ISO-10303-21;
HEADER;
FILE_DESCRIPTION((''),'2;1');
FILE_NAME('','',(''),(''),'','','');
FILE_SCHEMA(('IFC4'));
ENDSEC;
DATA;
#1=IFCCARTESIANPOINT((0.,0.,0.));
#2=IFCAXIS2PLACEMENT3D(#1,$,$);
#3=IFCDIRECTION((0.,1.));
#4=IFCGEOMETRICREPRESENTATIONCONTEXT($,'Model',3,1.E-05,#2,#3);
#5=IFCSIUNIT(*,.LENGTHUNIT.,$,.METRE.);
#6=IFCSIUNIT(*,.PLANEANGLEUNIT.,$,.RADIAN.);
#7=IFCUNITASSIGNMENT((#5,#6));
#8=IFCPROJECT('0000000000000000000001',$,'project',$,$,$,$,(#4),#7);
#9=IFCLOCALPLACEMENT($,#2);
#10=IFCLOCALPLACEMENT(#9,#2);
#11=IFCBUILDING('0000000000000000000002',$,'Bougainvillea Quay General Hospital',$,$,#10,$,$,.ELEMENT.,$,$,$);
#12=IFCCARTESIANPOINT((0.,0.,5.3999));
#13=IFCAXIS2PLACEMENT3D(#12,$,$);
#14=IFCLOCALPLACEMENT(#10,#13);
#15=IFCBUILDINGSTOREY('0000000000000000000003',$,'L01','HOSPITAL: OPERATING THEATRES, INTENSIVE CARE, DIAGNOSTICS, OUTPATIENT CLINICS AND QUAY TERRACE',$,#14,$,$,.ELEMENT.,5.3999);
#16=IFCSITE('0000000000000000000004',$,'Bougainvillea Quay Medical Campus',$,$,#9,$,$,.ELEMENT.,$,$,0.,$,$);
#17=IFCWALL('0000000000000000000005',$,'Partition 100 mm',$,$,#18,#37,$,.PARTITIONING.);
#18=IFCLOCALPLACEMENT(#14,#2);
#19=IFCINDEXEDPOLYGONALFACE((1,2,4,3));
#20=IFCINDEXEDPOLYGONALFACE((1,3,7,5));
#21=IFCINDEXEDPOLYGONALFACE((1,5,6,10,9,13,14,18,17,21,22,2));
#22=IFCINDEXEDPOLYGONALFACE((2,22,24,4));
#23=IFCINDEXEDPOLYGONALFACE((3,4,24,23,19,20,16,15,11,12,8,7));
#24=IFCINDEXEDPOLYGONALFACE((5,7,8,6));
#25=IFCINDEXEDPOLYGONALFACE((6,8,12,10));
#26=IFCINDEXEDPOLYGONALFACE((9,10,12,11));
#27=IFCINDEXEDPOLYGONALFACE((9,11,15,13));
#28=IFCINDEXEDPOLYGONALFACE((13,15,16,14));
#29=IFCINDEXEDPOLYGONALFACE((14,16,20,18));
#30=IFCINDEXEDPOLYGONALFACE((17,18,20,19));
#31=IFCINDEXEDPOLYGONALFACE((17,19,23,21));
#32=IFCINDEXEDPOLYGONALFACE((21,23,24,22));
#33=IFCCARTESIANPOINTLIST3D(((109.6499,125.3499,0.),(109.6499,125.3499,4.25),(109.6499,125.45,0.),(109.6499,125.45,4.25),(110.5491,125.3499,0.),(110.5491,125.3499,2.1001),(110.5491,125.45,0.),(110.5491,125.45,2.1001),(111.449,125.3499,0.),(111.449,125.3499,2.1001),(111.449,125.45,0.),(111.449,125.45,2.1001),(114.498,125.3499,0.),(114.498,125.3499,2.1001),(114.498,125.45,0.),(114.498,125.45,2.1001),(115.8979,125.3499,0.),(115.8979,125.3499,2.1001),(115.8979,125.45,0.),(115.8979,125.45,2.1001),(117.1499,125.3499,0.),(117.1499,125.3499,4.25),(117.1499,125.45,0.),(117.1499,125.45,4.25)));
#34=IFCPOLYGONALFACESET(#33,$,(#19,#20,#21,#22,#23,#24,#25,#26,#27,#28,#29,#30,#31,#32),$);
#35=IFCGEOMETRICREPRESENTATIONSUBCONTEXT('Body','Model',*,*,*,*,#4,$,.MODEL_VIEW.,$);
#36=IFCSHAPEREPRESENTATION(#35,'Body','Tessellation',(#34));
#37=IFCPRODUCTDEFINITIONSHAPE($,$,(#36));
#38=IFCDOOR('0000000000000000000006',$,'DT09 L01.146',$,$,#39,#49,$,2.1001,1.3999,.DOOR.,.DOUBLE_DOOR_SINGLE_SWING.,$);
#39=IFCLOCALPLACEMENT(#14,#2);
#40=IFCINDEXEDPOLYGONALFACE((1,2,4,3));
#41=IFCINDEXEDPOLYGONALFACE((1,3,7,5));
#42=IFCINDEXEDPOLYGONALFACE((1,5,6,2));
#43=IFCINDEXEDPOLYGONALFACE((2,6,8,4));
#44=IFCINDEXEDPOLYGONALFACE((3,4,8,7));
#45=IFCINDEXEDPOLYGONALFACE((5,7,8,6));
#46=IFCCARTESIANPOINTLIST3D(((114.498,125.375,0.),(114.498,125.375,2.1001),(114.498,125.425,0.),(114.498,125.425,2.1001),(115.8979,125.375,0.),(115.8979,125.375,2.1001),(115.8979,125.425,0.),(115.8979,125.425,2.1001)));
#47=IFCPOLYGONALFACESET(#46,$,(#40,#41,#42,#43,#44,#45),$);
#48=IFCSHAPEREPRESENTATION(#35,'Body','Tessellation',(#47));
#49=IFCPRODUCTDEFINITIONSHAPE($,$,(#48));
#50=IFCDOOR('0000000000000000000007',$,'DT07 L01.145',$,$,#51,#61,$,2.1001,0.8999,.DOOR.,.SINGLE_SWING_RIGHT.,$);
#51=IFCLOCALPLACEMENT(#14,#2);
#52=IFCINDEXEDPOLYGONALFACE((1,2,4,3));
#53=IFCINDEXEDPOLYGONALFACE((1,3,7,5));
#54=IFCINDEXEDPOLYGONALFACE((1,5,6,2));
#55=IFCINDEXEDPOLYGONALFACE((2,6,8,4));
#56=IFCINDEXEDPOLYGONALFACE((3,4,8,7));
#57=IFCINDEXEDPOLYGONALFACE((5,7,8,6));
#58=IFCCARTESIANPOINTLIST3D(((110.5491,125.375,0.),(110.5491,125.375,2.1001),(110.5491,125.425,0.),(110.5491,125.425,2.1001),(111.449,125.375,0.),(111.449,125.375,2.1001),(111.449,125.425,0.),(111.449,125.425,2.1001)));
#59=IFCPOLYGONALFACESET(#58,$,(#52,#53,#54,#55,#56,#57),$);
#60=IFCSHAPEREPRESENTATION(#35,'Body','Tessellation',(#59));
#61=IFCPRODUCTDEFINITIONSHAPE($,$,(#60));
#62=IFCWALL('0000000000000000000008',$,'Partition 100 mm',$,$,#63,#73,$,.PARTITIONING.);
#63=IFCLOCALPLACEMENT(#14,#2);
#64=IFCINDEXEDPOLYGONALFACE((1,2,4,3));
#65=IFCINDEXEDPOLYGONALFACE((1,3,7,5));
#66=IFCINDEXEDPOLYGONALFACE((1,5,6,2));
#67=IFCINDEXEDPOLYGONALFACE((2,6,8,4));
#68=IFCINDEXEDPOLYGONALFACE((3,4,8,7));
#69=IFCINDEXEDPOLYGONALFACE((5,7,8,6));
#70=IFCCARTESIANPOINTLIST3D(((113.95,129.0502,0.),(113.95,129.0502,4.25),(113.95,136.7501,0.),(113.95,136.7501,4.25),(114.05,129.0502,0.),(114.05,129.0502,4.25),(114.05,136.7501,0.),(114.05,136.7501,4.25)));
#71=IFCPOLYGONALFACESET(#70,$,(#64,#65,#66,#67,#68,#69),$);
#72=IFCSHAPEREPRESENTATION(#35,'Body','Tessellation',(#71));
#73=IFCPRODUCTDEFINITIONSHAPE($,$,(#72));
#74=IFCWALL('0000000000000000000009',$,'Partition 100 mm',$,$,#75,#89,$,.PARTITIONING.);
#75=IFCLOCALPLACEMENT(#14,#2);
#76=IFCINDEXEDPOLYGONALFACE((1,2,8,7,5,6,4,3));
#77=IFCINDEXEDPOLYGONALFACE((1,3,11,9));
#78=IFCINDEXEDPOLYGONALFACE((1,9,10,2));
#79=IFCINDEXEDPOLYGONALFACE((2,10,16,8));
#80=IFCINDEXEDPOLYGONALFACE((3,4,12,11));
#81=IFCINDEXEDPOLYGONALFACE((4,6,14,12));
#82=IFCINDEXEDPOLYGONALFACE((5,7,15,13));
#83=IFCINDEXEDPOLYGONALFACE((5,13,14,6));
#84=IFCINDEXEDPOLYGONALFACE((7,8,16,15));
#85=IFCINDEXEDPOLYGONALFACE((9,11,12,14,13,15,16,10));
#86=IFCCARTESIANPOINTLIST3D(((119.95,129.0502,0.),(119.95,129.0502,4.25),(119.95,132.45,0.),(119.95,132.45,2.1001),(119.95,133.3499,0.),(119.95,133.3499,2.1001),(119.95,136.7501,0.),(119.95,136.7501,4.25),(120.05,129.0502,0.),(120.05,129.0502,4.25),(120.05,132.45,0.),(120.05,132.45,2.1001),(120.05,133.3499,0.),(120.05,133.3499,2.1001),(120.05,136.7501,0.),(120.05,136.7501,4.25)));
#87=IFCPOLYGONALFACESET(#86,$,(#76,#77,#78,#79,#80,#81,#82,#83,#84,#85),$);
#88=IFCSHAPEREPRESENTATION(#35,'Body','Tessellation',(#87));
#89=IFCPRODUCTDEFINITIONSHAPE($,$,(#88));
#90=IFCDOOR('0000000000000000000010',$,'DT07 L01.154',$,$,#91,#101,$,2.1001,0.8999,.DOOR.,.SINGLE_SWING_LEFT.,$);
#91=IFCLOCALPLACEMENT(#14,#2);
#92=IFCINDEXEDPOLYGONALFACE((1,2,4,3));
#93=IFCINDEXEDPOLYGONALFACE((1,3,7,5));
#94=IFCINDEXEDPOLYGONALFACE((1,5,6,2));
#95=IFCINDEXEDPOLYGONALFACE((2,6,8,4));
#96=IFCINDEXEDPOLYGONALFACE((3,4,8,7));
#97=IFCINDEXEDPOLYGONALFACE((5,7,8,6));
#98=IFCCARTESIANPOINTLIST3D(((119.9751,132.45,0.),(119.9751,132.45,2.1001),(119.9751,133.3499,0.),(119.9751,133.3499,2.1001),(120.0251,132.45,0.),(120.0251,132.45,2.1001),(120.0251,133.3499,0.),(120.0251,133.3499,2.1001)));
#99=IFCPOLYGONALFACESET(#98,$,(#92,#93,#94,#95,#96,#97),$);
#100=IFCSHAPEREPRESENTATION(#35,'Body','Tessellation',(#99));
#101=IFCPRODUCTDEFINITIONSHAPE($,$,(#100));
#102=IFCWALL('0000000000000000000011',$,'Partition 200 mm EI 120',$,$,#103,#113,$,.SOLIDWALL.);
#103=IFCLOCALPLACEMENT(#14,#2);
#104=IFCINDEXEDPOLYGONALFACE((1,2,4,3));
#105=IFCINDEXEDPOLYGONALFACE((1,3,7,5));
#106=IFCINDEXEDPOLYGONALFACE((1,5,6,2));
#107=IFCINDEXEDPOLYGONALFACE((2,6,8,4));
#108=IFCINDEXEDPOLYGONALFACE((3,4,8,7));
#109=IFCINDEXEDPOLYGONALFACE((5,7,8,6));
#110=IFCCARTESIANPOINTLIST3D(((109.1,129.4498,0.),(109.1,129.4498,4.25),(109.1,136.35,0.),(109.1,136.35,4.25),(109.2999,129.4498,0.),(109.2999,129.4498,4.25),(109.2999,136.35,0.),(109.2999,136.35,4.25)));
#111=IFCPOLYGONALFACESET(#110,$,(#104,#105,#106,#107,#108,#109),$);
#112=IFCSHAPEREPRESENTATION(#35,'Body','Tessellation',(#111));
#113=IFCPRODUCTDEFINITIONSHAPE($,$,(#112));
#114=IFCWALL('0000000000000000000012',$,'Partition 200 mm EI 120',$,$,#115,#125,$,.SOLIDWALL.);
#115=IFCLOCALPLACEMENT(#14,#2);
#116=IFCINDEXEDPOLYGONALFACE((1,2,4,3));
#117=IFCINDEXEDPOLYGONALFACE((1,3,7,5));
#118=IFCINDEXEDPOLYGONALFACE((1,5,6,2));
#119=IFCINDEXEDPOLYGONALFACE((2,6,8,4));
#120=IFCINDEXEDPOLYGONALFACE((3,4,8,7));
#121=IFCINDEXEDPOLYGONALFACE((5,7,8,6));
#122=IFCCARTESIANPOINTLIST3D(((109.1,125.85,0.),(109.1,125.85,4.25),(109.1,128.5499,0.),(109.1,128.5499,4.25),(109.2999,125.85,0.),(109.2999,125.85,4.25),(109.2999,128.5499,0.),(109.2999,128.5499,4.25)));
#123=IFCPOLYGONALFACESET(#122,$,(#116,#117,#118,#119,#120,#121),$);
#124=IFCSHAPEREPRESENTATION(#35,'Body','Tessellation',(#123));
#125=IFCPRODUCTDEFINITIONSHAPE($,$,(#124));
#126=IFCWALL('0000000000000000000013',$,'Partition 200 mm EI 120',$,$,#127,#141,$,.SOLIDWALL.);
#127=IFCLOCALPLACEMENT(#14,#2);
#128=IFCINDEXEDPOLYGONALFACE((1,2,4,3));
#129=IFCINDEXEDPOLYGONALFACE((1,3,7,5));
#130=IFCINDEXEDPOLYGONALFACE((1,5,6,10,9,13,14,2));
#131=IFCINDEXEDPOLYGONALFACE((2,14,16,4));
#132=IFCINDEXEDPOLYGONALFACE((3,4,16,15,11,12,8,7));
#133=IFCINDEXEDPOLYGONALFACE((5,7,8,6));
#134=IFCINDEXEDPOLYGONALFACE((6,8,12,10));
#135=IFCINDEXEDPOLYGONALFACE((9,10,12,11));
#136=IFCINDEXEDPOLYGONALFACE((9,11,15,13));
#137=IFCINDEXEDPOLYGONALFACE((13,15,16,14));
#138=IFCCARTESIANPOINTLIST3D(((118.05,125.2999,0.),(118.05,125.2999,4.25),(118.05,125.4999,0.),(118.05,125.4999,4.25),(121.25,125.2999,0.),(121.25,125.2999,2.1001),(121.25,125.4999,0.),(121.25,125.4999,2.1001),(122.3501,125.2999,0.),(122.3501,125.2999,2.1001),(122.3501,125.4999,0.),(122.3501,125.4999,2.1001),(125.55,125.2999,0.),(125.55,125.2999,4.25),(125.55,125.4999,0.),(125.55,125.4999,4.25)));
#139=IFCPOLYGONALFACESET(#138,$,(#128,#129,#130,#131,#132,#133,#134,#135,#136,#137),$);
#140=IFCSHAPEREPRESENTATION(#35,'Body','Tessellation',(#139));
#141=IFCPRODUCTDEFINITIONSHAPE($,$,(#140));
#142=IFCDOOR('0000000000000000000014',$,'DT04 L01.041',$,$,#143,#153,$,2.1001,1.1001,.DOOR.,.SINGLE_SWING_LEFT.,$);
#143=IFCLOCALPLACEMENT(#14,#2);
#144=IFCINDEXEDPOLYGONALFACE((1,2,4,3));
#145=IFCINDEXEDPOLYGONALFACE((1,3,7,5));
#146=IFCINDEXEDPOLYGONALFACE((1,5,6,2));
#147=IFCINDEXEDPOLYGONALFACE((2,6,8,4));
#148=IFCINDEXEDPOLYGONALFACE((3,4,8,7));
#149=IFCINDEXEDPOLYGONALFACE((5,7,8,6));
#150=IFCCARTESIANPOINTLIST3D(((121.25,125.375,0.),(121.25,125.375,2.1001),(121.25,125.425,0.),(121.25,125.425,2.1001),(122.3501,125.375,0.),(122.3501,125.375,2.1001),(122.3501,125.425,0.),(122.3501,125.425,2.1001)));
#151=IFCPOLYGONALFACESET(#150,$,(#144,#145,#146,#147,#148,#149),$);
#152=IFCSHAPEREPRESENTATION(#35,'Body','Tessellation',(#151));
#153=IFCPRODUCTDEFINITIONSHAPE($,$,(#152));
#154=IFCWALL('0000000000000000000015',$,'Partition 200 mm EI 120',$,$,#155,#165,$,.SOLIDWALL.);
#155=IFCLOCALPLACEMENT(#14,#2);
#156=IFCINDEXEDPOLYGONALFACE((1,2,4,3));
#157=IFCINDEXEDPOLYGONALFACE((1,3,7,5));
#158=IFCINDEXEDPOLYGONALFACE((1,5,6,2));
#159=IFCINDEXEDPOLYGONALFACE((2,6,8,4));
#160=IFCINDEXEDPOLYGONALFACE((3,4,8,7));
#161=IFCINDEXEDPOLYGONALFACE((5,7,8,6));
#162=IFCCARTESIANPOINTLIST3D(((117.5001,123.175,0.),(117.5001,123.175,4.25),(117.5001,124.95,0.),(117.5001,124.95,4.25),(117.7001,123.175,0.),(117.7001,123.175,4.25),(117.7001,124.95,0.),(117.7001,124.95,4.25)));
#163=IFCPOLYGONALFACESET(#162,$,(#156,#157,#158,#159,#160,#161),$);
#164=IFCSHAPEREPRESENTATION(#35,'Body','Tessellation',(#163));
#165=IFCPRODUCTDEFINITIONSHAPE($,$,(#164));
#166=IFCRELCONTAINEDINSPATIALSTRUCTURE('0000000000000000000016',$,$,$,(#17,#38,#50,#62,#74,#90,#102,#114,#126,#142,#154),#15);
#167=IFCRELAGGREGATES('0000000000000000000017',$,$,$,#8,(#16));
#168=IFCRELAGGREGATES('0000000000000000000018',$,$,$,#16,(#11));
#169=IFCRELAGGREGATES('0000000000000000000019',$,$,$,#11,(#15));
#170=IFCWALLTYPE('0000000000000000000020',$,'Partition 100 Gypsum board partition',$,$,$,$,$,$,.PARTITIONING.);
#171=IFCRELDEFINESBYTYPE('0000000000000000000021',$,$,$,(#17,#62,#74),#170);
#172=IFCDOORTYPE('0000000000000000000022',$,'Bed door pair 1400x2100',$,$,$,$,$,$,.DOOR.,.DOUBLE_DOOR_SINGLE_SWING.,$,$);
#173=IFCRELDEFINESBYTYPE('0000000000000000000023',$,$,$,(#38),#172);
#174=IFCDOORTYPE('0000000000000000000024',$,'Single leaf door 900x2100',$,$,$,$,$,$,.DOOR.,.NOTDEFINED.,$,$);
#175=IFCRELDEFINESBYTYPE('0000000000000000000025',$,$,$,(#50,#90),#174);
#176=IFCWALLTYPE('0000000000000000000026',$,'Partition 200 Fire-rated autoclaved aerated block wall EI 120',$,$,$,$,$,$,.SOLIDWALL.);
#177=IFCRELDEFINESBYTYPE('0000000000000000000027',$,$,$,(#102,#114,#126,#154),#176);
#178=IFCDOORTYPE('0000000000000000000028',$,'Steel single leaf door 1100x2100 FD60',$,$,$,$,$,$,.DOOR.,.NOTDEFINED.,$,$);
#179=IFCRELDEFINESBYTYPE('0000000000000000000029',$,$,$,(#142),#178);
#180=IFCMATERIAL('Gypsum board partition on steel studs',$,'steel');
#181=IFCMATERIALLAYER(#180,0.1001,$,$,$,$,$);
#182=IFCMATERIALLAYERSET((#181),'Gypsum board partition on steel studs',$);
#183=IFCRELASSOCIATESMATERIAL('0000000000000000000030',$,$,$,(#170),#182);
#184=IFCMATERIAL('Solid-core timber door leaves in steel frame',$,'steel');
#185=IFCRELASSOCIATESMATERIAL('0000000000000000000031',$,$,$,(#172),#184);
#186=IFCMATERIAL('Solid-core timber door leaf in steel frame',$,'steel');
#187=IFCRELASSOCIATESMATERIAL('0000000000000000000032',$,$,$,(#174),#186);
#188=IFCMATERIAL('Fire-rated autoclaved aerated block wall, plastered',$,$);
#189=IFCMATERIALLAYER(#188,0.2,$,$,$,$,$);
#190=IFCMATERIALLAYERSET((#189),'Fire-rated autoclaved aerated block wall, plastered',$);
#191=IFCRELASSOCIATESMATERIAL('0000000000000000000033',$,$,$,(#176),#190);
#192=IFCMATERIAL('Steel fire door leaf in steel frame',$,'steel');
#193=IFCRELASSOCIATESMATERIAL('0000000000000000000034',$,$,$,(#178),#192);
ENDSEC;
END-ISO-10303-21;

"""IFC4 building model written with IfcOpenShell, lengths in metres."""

from ifc_helpers import new_model, si_unit, direction, frame, frame_2d, origin, place, context, subcontext, project, spatial, rectangle, extrude, material, layer, layer_set, type_object, element, fill, save


model = new_model("IFC4")

# Units and contexts
model_context = context("Model", 3, precision=1e-05, world=origin(), true_north=direction((0.0, 1.0)))
body_context = subcontext(model_context, "Body", "Model", "MODEL_VIEW")
ifc_project = project(units=[si_unit("LENGTHUNIT", "METRE"), si_unit("PLANEANGLEUNIT", "RADIAN")], contexts=[model_context])

# Site, building, storey
site_placement = place(None, origin())
site = spatial("IfcSite", under=ifc_project, at=site_placement, Name="Bougainvillea Quay Medical Campus", CompositionType="ELEMENT", RefElevation=0.0)
building_placement = place(site_placement, origin())
building = spatial("IfcBuilding", under=site, at=building_placement, Name="Bougainvillea Quay General Hospital", CompositionType="ELEMENT")
storey_placement = place(building_placement, frame((0.0, 0.0, 5.3999)))
storey = spatial("IfcBuildingStorey", under=building, at=storey_placement, Name="L01", Description="HOSPITAL: OPERATING THEATRES, INTENSIVE CARE, DIAGNOSTICS, OUTPATIENT CLINICS AND QUAY TERRACE", CompositionType="ELEMENT", Elevation=5.3999)

# Shared definitions
ifc_material_1 = material(Name="Gypsum board partition on steel studs", Category="steel")
ifc_layer_1 = layer(ifc_material_1, 0.1001)
ifc_layer_set_1 = layer_set([ifc_layer_1], Name="Gypsum board partition on steel studs")
wall_type_1 = type_object("IfcWallType", Name="Partition 100 Gypsum board partition", PredefinedType="PARTITIONING", material=ifc_layer_set_1)
ifc_material_2 = material(Name="Solid-core timber door leaves in steel frame", Category="steel")
door_type_1 = type_object("IfcDoorType", Name="Bed door pair 1400x2100", OperationType="DOUBLE_DOOR_SINGLE_SWING", PredefinedType="DOOR", material=ifc_material_2)

# Wall, openings, doors
wall_1_placement = place(storey_placement, frame((117.1499, 125.3999, 0.0), z_axis=(0.0, 0.0, 1.0), x_axis=(-1.0, 0.0, 0.0)))
wall_1 = element("IfcWall", 1, at=wall_1_placement, inside=storey, type_object=wall_type_1, Name="Partition 100 mm", PredefinedType="PARTITIONING", context=body_context, shape_type="SweptSolid", body=[
    extrude(rectangle(XDim=7.5, YDim=0.1001, at=frame_2d((3.75, 0.0))), origin(), (0.0, 0.0, 1.0), 4.25),
])
opening_1_placement = place(wall_1_placement, frame((5.7009, 0.0, 0.0)))
opening_1 = element("IfcOpeningElement", 2, at=opening_1_placement, cuts=wall_1, PredefinedType="OPENING", context=body_context, shape_type="SweptSolid", body=[
    extrude(rectangle(XDim=0.8999, YDim=2.1001, at=frame_2d((0.45, 1.05))), frame((0.0, 0.0601, 0.0), z_axis=(0.0, -1.0, 0.0), x_axis=(1.0, 0.0, 0.0)), (0.0, 0.0, 1.0), 0.1201),
])
opening_2_placement = place(wall_1_placement, frame((1.252, 0.0, 0.0)))
opening_2 = element("IfcOpeningElement", 3, at=opening_2_placement, cuts=wall_1, PredefinedType="OPENING", context=body_context, shape_type="SweptSolid", body=[
    extrude(rectangle(XDim=1.3999, YDim=2.1001, at=frame_2d((0.7, 1.05))), frame((0.0, 0.0601, 0.0), z_axis=(0.0, -1.0, 0.0), x_axis=(1.0, 0.0, 0.0)), (0.0, 0.0, 1.0), 0.1201),
])
door_1_placement = place(opening_2_placement, origin())
door_1 = element("IfcDoor", 4, at=door_1_placement, inside=storey, type_object=door_type_1, Name="DT09 L01.146", OperationType="DOUBLE_DOOR_SINGLE_SWING", OverallHeight=2.1001, OverallWidth=1.3999, PredefinedType="DOOR", context=body_context, shape_type="SweptSolid", body=[
    extrude(rectangle(XDim=1.3999, YDim=2.1001, at=frame_2d((0.7, 1.05))), frame((0.0, 0.0249, 0.0), z_axis=(0.0, -1.0, 0.0), x_axis=(1.0, 0.0, 0.0)), (0.0, 0.0, 1.0), 0.05),
])
fill(opening_2, door_1)
ifc_material_3 = material(Name="Solid-core timber door leaf in steel frame", Category="steel")
door_type_2 = type_object("IfcDoorType", Name="Single leaf door 900x2100", OperationType="NOTDEFINED", PredefinedType="DOOR", material=ifc_material_3)
door_2_placement = place(opening_1_placement, origin())
door_2 = element("IfcDoor", 5, at=door_2_placement, inside=storey, type_object=door_type_2, Name="DT07 L01.145", OperationType="SINGLE_SWING_RIGHT", OverallHeight=2.1001, OverallWidth=0.8999, PredefinedType="DOOR", context=body_context, shape_type="SweptSolid", body=[
    extrude(rectangle(XDim=0.8999, YDim=2.1001, at=frame_2d((0.45, 1.05))), frame((0.0, 0.0249, 0.0), z_axis=(0.0, -1.0, 0.0), x_axis=(1.0, 0.0, 0.0)), (0.0, 0.0, 1.0), 0.05),
])
fill(opening_1, door_2)

# Wall
wall_2_placement = place(storey_placement, frame((114.0, 129.05, 0.0), z_axis=(0.0, 0.0, 1.0), x_axis=(0.0, 1.0, 0.0)))
element("IfcWall", 6, at=wall_2_placement, inside=storey, type_object=wall_type_1, Name="Partition 100 mm", PredefinedType="PARTITIONING", context=body_context, shape_type="SweptSolid", body=[
    extrude(rectangle(XDim=7.7, YDim=0.1001, at=frame_2d((3.8501, 0.0))), origin(), (0.0, 0.0, 1.0), 4.25),
])

# Wall, opening, door
wall_3_placement = place(storey_placement, frame((120.0, 129.05, 0.0), z_axis=(0.0, 0.0, 1.0), x_axis=(0.0, 1.0, 0.0)))
wall_3 = element("IfcWall", 7, at=wall_3_placement, inside=storey, type_object=wall_type_1, Name="Partition 100 mm", PredefinedType="PARTITIONING", context=body_context, shape_type="SweptSolid", body=[
    extrude(rectangle(XDim=7.7, YDim=0.1001, at=frame_2d((3.8501, 0.0))), origin(), (0.0, 0.0, 1.0), 4.25),
])
opening_3_placement = place(wall_3_placement, frame((3.3999, 0.0, 0.0)))
opening_3 = element("IfcOpeningElement", 8, at=opening_3_placement, cuts=wall_3, PredefinedType="OPENING", context=body_context, shape_type="SweptSolid", body=[
    extrude(rectangle(XDim=0.8999, YDim=2.1001, at=frame_2d((0.45, 1.05))), frame((0.0, 0.0601, 0.0), z_axis=(0.0, -1.0, 0.0), x_axis=(1.0, 0.0, 0.0)), (0.0, 0.0, 1.0), 0.1201),
])
door_3_placement = place(opening_3_placement, origin())
door_3 = element("IfcDoor", 9, at=door_3_placement, inside=storey, type_object=door_type_2, Name="DT07 L01.154", OperationType="SINGLE_SWING_LEFT", OverallHeight=2.1001, OverallWidth=0.8999, PredefinedType="DOOR", context=body_context, shape_type="SweptSolid", body=[
    extrude(rectangle(XDim=0.8999, YDim=2.1001, at=frame_2d((0.45, 1.05))), frame((0.0, 0.0249, 0.0), z_axis=(0.0, -1.0, 0.0), x_axis=(1.0, 0.0, 0.0)), (0.0, 0.0, 1.0), 0.05),
])
fill(opening_3, door_3)

# Walls
ifc_material_4 = material(Name="Fire-rated autoclaved aerated block wall, plastered")
ifc_layer_2 = layer(ifc_material_4, 0.2)
ifc_layer_set_2 = layer_set([ifc_layer_2], Name="Fire-rated autoclaved aerated block wall, plastered")
wall_type_2 = type_object("IfcWallType", Name="Partition 200 Fire-rated autoclaved aerated block wall EI 120", PredefinedType="SOLIDWALL", material=ifc_layer_set_2)
wall_4_placement = place(storey_placement, frame((109.2, 136.3501, 0.0), z_axis=(0.0, 0.0, 1.0), x_axis=(0.0, -1.0, 0.0)))
element("IfcWall", 10, at=wall_4_placement, inside=storey, type_object=wall_type_2, Name="Partition 200 mm EI 120", PredefinedType="SOLIDWALL", context=body_context, shape_type="SweptSolid", body=[
    extrude(rectangle(XDim=6.9001, YDim=0.2, at=frame_2d((3.4502, 0.0))), origin(), (0.0, 0.0, 1.0), 4.25),
])
wall_5_placement = place(storey_placement, frame((109.2, 128.55, 0.0), z_axis=(0.0, 0.0, 1.0), x_axis=(0.0, -1.0, 0.0)))
element("IfcWall", 11, at=wall_5_placement, inside=storey, type_object=wall_type_2, Name="Partition 200 mm EI 120", PredefinedType="SOLIDWALL", context=body_context, shape_type="SweptSolid", body=[
    extrude(rectangle(XDim=2.7, YDim=0.2, at=frame_2d((1.3501, 0.0))), origin(), (0.0, 0.0, 1.0), 4.25),
])

# Wall, opening, door
wall_6_placement = place(storey_placement, frame((118.05, 125.3999, 0.0), z_axis=(0.0, 0.0, 1.0), x_axis=(1.0, 0.0, 0.0)))
wall_6 = element("IfcWall", 12, at=wall_6_placement, inside=storey, type_object=wall_type_2, Name="Partition 200 mm EI 120", PredefinedType="SOLIDWALL", context=body_context, shape_type="SweptSolid", body=[
    extrude(rectangle(XDim=7.5, YDim=0.2, at=frame_2d((3.75, 0.0))), origin(), (0.0, 0.0, 1.0), 4.25),
])
opening_4_placement = place(wall_6_placement, frame((3.2, 0.0, 0.0)))
opening_4 = element("IfcOpeningElement", 13, at=opening_4_placement, cuts=wall_6, PredefinedType="OPENING", context=body_context, shape_type="SweptSolid", body=[
    extrude(rectangle(XDim=1.1001, YDim=2.1001, at=frame_2d((0.55, 1.05))), frame((0.0, 0.1099, 0.0), z_axis=(0.0, -1.0, 0.0), x_axis=(1.0, 0.0, 0.0)), (0.0, 0.0, 1.0), 0.22),
])
ifc_material_5 = material(Name="Steel fire door leaf in steel frame", Category="steel")
door_type_3 = type_object("IfcDoorType", Name="Steel single leaf door 1100x2100 FD60", OperationType="NOTDEFINED", PredefinedType="DOOR", material=ifc_material_5)
door_4_placement = place(opening_4_placement, frame((1.1001, 0.0, 0.0), z_axis=(0.0, 0.0, 1.0), x_axis=(-1.0, 0.0, 0.0)))
door_4 = element("IfcDoor", 14, at=door_4_placement, inside=storey, type_object=door_type_3, Name="DT04 L01.041", OperationType="SINGLE_SWING_LEFT", OverallHeight=2.1001, OverallWidth=1.1001, PredefinedType="DOOR", context=body_context, shape_type="SweptSolid", body=[
    extrude(rectangle(XDim=1.1001, YDim=2.1001, at=frame_2d((0.55, 1.05))), frame((0.0, 0.0249, 0.0), z_axis=(0.0, -1.0, 0.0), x_axis=(1.0, 0.0, 0.0)), (0.0, 0.0, 1.0), 0.05),
])
fill(opening_4, door_4)

# Wall
wall_7_placement = place(storey_placement, frame((117.6001, 123.175, 0.0), z_axis=(0.0, 0.0, 1.0), x_axis=(0.0, 1.0, 0.0)))
element("IfcWall", 15, at=wall_7_placement, inside=storey, type_object=wall_type_2, Name="Partition 200 mm EI 120", PredefinedType="SOLIDWALL", context=body_context, shape_type="SweptSolid", body=[
    extrude(rectangle(XDim=1.7749, YDim=0.2, at=frame_2d((0.8875, 0.0))), origin(), (0.0, 0.0, 1.0), 4.25),
])

save(model, "model.ifc")
